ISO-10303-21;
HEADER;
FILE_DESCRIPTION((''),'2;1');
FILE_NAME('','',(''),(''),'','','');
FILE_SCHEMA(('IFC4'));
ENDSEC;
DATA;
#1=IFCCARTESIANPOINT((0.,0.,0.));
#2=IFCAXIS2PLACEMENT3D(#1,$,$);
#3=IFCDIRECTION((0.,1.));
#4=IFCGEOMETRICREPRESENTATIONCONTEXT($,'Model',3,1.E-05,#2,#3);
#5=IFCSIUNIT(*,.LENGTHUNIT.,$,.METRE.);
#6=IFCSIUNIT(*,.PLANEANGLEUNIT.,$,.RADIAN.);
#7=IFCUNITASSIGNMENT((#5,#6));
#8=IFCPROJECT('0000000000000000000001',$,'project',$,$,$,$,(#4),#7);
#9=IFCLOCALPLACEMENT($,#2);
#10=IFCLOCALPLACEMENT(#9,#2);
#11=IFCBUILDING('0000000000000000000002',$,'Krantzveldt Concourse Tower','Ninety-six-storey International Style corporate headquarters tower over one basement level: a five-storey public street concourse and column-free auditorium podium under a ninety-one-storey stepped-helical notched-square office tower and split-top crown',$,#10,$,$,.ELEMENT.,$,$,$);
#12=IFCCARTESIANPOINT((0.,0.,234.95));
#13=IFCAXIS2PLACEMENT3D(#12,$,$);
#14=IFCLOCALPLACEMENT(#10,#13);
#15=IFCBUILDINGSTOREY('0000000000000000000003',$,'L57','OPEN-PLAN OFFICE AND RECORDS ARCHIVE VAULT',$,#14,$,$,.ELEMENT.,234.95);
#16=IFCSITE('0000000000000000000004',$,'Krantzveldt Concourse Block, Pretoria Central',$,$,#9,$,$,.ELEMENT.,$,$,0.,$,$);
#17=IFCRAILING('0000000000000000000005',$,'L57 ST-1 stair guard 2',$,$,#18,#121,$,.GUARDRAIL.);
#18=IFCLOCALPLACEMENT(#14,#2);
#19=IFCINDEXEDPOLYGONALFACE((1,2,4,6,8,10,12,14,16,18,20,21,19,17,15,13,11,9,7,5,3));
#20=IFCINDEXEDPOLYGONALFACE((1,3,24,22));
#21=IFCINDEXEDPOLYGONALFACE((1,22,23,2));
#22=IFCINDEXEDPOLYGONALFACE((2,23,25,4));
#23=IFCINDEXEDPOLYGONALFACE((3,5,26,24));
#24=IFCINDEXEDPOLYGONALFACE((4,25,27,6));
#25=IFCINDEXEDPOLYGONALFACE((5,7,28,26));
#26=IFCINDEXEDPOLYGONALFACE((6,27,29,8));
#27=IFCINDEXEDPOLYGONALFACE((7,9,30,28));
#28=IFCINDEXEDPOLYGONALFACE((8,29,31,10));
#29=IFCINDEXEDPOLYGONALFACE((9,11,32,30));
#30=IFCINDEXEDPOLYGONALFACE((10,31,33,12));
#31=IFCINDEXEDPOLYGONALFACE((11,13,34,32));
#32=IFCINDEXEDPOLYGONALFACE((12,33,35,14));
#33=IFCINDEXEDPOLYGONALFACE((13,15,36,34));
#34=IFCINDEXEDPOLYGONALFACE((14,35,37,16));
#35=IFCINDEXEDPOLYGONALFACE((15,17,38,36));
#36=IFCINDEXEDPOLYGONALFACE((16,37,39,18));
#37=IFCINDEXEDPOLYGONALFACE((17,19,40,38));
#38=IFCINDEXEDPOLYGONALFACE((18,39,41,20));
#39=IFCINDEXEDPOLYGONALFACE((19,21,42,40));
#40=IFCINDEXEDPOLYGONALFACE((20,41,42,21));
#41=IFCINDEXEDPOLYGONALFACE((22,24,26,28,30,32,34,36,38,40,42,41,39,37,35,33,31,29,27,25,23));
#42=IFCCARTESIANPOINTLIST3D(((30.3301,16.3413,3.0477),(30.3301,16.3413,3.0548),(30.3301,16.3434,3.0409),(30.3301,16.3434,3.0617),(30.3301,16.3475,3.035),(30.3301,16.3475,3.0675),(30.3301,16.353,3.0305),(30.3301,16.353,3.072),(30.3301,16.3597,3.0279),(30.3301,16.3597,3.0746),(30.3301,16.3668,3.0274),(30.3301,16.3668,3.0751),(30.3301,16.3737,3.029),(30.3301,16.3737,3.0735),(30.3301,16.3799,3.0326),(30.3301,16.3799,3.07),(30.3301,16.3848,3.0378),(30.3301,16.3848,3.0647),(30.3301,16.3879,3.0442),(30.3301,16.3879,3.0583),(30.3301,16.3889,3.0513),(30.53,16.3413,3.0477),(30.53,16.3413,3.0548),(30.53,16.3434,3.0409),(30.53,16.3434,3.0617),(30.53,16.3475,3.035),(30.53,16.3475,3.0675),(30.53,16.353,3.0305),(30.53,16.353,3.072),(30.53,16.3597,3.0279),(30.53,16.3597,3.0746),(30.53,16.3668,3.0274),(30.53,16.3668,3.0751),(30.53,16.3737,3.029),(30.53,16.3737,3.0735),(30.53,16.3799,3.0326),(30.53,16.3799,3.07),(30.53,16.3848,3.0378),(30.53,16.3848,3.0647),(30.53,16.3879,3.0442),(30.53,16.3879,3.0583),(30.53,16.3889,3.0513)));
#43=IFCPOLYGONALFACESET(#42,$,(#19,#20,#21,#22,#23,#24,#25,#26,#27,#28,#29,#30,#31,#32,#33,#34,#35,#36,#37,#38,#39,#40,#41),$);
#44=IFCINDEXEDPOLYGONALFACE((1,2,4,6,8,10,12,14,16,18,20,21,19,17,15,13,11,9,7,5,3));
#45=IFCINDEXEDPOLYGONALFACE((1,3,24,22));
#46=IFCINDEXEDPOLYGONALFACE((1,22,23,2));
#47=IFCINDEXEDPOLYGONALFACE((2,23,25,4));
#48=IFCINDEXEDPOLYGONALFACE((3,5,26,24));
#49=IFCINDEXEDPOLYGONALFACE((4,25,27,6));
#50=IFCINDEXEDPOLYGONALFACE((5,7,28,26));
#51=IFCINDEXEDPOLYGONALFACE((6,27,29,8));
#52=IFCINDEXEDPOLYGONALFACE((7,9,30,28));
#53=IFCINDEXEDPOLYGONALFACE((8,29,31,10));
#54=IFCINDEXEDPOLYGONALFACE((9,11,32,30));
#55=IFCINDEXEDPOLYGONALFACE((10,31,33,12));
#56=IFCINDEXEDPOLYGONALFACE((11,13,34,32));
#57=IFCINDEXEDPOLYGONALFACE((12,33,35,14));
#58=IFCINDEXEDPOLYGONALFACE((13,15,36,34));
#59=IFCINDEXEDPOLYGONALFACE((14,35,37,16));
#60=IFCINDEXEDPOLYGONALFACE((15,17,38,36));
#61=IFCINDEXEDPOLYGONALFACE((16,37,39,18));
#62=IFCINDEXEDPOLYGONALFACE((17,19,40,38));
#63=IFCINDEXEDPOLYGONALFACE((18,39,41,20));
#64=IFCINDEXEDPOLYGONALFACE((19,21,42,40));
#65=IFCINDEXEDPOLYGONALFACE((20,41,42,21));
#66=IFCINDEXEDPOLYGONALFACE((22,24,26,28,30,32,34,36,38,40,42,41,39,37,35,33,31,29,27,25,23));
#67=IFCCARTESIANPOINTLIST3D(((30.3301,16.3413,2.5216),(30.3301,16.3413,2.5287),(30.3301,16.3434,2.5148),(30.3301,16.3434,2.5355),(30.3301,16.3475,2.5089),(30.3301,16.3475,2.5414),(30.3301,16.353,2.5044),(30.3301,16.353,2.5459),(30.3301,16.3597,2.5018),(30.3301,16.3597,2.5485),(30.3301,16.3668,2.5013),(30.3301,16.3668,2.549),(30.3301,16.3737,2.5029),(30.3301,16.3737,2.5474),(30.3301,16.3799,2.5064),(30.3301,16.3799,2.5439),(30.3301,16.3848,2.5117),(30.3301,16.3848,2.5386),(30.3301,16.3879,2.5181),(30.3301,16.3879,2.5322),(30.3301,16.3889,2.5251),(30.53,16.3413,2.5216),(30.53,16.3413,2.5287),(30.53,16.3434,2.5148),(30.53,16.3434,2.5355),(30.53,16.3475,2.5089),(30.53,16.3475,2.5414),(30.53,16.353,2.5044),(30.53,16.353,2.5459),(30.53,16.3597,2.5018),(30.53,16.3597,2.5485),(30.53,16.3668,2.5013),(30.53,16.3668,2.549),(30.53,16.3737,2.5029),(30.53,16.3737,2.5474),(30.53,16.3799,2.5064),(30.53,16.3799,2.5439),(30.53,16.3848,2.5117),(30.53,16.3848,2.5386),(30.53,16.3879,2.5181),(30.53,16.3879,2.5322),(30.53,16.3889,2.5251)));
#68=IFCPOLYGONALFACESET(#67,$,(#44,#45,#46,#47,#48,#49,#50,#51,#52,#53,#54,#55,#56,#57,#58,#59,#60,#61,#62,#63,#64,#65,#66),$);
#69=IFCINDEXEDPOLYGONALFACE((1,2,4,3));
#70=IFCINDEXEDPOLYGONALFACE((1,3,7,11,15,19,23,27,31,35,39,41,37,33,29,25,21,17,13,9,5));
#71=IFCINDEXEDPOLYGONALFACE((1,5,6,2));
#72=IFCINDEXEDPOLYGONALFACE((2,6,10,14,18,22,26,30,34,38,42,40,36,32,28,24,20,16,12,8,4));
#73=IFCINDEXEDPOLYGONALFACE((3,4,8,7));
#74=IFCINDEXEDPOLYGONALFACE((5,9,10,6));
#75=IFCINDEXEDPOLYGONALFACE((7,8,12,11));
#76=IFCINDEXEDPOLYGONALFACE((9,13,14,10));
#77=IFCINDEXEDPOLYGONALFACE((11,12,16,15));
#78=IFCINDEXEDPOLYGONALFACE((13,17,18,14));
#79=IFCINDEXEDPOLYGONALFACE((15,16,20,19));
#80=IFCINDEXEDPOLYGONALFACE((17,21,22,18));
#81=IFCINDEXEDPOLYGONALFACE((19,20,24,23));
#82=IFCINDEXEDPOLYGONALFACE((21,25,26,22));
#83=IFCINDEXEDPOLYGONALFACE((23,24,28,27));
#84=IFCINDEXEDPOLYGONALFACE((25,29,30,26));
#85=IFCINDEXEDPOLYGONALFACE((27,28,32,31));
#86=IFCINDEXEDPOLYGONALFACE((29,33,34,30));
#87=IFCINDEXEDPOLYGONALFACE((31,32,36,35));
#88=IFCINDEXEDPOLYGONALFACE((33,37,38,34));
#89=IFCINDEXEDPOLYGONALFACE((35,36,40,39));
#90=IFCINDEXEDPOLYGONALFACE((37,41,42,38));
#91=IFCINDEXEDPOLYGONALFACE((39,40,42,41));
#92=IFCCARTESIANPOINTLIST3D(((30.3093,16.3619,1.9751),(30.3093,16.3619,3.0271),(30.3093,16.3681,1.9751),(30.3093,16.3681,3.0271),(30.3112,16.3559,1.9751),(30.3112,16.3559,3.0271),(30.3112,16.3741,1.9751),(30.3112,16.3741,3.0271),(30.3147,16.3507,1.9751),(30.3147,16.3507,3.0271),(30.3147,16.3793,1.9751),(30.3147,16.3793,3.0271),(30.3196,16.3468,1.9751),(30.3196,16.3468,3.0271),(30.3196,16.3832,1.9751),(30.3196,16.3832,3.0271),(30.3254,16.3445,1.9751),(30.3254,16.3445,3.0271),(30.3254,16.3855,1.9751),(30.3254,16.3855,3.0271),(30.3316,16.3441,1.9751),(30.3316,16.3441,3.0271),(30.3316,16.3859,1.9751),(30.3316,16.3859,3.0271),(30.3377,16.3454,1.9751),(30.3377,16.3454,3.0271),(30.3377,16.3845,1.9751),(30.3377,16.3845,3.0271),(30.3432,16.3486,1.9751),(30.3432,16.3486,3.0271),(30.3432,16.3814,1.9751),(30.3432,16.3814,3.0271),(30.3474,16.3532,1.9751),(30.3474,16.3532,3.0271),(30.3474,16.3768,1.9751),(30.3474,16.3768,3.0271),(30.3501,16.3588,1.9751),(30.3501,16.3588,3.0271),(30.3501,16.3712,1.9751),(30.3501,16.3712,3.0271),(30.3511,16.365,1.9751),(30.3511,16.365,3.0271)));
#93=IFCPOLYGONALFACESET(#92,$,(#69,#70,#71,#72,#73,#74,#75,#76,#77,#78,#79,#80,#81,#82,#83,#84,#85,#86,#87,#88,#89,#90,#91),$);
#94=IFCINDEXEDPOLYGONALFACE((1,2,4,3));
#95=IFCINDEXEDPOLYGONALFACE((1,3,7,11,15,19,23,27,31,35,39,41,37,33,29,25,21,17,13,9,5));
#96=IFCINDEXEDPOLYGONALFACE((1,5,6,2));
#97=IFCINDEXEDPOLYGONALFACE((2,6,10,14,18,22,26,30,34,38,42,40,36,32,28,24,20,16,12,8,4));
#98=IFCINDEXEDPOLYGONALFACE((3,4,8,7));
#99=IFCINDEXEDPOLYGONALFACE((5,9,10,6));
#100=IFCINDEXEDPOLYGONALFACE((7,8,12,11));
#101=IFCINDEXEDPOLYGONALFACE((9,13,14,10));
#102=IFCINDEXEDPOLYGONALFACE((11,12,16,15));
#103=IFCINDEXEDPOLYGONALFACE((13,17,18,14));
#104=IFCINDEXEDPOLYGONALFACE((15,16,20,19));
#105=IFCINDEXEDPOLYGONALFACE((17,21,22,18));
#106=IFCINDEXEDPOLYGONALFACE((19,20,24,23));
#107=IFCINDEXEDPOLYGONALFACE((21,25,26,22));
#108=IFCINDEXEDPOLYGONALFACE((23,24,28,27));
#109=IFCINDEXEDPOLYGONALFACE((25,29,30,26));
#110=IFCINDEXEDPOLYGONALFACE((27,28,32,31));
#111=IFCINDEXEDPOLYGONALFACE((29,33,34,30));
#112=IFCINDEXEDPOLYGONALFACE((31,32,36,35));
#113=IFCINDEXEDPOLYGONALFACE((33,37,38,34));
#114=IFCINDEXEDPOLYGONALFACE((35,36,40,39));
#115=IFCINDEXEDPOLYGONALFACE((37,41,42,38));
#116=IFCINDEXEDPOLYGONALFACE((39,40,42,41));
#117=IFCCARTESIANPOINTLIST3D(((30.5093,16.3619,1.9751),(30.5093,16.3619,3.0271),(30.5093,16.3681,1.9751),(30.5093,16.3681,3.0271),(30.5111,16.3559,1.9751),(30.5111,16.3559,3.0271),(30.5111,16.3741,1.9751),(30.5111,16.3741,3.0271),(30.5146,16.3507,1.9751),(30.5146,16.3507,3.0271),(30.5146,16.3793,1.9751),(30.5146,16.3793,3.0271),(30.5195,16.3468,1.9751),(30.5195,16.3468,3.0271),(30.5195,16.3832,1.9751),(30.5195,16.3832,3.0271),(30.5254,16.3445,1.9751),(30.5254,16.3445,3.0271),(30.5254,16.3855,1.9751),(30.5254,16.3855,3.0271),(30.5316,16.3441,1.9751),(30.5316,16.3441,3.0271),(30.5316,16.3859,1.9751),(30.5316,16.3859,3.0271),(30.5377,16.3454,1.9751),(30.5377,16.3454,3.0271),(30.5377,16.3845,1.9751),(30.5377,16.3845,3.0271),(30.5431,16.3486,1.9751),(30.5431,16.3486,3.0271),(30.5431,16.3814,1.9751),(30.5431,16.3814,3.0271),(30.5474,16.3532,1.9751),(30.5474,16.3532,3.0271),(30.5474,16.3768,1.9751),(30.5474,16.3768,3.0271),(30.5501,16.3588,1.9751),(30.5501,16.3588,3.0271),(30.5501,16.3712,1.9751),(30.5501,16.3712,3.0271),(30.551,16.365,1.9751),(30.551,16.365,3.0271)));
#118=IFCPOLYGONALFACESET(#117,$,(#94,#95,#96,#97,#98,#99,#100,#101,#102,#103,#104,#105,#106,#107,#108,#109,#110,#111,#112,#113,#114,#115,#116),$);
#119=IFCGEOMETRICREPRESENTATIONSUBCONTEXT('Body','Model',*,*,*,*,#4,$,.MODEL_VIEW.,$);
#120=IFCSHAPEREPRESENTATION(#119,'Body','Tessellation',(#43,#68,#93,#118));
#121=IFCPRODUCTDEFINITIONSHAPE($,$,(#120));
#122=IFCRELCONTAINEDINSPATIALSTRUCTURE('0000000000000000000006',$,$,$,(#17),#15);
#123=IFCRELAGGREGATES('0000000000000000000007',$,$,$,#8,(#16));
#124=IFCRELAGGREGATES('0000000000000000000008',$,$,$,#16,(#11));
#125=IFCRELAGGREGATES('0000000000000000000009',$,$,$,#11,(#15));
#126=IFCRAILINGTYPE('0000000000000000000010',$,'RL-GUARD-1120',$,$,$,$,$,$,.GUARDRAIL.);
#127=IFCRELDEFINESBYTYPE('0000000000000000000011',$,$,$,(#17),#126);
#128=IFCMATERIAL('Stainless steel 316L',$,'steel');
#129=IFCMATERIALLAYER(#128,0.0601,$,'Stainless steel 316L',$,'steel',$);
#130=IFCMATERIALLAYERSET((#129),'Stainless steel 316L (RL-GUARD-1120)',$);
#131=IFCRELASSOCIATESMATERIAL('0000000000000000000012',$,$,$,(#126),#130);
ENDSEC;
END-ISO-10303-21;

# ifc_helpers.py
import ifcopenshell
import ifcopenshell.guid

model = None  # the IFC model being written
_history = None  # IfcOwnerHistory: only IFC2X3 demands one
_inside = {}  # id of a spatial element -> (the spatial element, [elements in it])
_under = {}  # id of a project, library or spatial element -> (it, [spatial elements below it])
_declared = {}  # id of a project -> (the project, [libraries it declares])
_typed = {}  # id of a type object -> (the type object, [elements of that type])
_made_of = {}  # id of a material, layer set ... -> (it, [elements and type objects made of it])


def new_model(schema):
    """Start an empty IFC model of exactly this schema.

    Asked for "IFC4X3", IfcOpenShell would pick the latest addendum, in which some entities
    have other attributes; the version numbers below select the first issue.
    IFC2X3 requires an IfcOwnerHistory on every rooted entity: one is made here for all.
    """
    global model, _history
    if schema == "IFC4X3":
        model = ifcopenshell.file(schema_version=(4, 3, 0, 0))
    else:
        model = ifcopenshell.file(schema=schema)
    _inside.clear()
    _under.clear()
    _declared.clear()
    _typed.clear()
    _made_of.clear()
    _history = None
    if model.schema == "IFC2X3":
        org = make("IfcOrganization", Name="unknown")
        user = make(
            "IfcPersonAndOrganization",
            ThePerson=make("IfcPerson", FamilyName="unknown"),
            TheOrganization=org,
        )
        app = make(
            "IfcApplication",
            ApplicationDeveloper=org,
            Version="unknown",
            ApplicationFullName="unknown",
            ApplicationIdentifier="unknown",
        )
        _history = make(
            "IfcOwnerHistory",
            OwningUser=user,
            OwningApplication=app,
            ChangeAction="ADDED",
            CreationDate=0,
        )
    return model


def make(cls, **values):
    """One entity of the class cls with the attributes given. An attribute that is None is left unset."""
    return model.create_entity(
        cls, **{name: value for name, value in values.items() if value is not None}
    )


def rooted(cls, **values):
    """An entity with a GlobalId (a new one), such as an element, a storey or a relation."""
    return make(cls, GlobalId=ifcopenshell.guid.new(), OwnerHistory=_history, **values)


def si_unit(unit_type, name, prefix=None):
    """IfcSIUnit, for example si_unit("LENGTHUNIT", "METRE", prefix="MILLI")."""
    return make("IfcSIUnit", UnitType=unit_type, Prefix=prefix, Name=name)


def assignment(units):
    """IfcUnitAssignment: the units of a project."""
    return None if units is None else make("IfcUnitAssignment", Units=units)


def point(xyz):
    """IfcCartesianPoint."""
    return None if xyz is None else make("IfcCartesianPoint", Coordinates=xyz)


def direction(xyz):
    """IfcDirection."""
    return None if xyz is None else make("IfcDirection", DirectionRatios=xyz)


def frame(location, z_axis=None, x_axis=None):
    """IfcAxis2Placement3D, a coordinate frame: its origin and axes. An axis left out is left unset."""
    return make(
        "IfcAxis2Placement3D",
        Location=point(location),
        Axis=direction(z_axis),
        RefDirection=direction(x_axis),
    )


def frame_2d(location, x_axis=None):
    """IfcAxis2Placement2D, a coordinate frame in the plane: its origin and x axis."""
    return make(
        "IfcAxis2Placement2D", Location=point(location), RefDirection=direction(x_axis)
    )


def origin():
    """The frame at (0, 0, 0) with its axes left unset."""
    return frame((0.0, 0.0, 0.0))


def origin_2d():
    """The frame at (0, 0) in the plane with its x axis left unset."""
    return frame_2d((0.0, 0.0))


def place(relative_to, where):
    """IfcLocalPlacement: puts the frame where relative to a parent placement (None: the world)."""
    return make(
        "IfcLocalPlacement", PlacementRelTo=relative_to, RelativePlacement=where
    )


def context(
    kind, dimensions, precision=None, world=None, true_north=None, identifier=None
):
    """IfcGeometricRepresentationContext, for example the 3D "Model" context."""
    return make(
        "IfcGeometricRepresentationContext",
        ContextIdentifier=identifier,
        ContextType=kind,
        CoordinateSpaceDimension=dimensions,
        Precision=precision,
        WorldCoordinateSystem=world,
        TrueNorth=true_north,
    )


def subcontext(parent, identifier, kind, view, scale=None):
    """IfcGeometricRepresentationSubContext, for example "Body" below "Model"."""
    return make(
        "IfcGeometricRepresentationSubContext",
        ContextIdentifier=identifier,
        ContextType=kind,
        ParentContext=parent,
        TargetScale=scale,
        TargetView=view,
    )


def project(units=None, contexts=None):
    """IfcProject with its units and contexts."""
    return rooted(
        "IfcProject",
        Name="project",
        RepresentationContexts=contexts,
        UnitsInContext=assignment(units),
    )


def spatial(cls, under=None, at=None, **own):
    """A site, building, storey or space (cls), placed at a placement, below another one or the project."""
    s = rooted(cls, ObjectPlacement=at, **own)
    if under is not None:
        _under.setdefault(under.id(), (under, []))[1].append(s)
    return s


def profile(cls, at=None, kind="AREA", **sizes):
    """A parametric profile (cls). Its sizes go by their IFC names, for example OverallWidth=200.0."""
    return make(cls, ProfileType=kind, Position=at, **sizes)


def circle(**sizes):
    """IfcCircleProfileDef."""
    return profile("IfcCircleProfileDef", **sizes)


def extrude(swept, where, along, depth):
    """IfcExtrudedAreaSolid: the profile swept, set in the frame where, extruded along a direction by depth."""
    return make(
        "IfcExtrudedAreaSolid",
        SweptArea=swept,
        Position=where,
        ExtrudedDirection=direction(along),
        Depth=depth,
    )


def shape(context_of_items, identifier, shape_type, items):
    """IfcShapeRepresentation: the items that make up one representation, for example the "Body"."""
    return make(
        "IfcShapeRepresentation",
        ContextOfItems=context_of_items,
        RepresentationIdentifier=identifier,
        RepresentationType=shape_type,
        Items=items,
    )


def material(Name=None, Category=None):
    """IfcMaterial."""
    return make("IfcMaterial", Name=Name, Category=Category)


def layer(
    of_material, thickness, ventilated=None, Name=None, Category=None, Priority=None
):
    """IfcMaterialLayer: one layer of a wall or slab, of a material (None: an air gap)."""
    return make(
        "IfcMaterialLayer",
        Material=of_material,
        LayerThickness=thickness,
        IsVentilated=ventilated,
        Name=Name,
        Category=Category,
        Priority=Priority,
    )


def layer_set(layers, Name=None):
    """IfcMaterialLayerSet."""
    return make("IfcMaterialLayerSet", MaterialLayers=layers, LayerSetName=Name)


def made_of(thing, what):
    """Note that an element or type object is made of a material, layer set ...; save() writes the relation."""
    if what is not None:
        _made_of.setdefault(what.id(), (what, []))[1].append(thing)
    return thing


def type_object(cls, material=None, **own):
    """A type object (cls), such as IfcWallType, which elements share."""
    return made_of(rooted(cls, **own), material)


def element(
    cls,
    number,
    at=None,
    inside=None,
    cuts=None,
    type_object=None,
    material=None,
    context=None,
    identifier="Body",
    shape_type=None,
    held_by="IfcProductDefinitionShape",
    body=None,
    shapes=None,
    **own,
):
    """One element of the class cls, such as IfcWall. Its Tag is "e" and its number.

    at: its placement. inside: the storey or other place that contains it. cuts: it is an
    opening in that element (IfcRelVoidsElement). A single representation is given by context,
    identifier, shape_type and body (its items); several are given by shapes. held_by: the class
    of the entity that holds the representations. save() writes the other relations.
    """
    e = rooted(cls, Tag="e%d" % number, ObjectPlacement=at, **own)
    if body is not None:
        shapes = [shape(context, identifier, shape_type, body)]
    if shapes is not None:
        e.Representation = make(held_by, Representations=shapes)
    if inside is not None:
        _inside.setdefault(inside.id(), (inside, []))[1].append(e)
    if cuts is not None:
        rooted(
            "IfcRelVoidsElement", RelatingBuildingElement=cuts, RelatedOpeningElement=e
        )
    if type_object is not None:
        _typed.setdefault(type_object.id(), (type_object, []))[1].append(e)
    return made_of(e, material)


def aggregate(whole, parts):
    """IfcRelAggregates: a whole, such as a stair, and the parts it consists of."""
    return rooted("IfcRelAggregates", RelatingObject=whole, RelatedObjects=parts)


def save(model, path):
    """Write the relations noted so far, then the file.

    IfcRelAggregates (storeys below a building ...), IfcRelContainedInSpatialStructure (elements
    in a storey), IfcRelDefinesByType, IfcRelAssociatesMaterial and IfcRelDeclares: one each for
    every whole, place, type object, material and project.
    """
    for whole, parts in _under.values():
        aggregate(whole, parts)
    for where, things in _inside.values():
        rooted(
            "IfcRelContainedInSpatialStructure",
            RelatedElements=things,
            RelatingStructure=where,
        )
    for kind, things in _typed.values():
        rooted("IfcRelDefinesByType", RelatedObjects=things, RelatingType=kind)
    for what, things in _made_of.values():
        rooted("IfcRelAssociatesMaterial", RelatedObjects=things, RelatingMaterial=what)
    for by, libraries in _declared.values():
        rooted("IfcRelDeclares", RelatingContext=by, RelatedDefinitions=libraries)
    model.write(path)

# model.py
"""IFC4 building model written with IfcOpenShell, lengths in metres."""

from ifc_helpers import new_model, si_unit, direction, frame, origin, origin_2d, place, context, subcontext, project, spatial, circle, extrude, material, layer, layer_set, type_object, element, save


model = new_model("IFC4")

# Units and contexts
model_context = context("Model", 3, precision=1e-05, world=origin(), true_north=direction((0.0, 1.0)))
body_context = subcontext(model_context, "Body", "Model", "MODEL_VIEW")
ifc_project = project(units=[si_unit("LENGTHUNIT", "METRE"), si_unit("PLANEANGLEUNIT", "RADIAN")], contexts=[model_context])

# Site, building, storey
site_placement = place(None, origin())
site = spatial("IfcSite", under=ifc_project, at=site_placement, Name="Krantzveldt Concourse Block, Pretoria Central", CompositionType="ELEMENT", RefElevation=0.0)
building_placement = place(site_placement, origin())
building = spatial("IfcBuilding", under=site, at=building_placement, Name="Krantzveldt Concourse Tower", Description="Ninety-six-storey International Style corporate headquarters tower over one basement level: a five-storey public street concourse and column-free auditorium podium under a ninety-one-storey stepped-helical notched-square office tower and split-top crown", CompositionType="ELEMENT")
storey_placement = place(building_placement, frame((0.0, 0.0, 234.95)))
storey = spatial("IfcBuildingStorey", under=building, at=storey_placement, Name="L57", Description="OPEN-PLAN OFFICE AND RECORDS ARCHIVE VAULT", CompositionType="ELEMENT", Elevation=234.95)

# Shared definitions
ifc_material_1 = material(Name="Stainless steel 316L", Category="steel")

# Railing
ifc_layer_1 = layer(ifc_material_1, 0.0601, Name="Stainless steel 316L", Category="steel")
ifc_layer_set_1 = layer_set([ifc_layer_1], Name="Stainless steel 316L (RL-GUARD-1120)")
railing_type_1 = type_object("IfcRailingType", Name="RL-GUARD-1120", PredefinedType="GUARDRAIL", material=ifc_layer_set_1)
railing_1_placement = place(storey_placement, frame((30.3301, 16.365, 1.9751)))
element("IfcRailing", 1, at=railing_1_placement, inside=storey, type_object=railing_type_1, Name="L57 ST-1 stair guard 2", PredefinedType="GUARDRAIL", context=body_context, shape_type="SweptSolid", body=[
    extrude(circle(Radius=0.0239, at=origin_2d()), frame((0.0, 0.0, 1.0762), z_axis=(1.0, 0.0, 0.0), x_axis=(0.0, 1.0, 0.0)), (0.0, 0.0, 1.0), 0.2),
    extrude(circle(Radius=0.0239, at=origin_2d()), frame((0.0, 0.0, 0.55), z_axis=(1.0, 0.0, 0.0), x_axis=(0.0, 1.0, 0.0)), (0.0, 0.0, 1.0), 0.2),
    extrude(circle(Radius=0.021, at=origin_2d()), origin(), (0.0, 0.0, 1.0), 1.052),
    extrude(circle(Radius=0.021, at=origin_2d()), frame((0.2, 0.0, 0.0)), (0.0, 0.0, 1.0), 1.052),
])

save(model, "model.ifc")
